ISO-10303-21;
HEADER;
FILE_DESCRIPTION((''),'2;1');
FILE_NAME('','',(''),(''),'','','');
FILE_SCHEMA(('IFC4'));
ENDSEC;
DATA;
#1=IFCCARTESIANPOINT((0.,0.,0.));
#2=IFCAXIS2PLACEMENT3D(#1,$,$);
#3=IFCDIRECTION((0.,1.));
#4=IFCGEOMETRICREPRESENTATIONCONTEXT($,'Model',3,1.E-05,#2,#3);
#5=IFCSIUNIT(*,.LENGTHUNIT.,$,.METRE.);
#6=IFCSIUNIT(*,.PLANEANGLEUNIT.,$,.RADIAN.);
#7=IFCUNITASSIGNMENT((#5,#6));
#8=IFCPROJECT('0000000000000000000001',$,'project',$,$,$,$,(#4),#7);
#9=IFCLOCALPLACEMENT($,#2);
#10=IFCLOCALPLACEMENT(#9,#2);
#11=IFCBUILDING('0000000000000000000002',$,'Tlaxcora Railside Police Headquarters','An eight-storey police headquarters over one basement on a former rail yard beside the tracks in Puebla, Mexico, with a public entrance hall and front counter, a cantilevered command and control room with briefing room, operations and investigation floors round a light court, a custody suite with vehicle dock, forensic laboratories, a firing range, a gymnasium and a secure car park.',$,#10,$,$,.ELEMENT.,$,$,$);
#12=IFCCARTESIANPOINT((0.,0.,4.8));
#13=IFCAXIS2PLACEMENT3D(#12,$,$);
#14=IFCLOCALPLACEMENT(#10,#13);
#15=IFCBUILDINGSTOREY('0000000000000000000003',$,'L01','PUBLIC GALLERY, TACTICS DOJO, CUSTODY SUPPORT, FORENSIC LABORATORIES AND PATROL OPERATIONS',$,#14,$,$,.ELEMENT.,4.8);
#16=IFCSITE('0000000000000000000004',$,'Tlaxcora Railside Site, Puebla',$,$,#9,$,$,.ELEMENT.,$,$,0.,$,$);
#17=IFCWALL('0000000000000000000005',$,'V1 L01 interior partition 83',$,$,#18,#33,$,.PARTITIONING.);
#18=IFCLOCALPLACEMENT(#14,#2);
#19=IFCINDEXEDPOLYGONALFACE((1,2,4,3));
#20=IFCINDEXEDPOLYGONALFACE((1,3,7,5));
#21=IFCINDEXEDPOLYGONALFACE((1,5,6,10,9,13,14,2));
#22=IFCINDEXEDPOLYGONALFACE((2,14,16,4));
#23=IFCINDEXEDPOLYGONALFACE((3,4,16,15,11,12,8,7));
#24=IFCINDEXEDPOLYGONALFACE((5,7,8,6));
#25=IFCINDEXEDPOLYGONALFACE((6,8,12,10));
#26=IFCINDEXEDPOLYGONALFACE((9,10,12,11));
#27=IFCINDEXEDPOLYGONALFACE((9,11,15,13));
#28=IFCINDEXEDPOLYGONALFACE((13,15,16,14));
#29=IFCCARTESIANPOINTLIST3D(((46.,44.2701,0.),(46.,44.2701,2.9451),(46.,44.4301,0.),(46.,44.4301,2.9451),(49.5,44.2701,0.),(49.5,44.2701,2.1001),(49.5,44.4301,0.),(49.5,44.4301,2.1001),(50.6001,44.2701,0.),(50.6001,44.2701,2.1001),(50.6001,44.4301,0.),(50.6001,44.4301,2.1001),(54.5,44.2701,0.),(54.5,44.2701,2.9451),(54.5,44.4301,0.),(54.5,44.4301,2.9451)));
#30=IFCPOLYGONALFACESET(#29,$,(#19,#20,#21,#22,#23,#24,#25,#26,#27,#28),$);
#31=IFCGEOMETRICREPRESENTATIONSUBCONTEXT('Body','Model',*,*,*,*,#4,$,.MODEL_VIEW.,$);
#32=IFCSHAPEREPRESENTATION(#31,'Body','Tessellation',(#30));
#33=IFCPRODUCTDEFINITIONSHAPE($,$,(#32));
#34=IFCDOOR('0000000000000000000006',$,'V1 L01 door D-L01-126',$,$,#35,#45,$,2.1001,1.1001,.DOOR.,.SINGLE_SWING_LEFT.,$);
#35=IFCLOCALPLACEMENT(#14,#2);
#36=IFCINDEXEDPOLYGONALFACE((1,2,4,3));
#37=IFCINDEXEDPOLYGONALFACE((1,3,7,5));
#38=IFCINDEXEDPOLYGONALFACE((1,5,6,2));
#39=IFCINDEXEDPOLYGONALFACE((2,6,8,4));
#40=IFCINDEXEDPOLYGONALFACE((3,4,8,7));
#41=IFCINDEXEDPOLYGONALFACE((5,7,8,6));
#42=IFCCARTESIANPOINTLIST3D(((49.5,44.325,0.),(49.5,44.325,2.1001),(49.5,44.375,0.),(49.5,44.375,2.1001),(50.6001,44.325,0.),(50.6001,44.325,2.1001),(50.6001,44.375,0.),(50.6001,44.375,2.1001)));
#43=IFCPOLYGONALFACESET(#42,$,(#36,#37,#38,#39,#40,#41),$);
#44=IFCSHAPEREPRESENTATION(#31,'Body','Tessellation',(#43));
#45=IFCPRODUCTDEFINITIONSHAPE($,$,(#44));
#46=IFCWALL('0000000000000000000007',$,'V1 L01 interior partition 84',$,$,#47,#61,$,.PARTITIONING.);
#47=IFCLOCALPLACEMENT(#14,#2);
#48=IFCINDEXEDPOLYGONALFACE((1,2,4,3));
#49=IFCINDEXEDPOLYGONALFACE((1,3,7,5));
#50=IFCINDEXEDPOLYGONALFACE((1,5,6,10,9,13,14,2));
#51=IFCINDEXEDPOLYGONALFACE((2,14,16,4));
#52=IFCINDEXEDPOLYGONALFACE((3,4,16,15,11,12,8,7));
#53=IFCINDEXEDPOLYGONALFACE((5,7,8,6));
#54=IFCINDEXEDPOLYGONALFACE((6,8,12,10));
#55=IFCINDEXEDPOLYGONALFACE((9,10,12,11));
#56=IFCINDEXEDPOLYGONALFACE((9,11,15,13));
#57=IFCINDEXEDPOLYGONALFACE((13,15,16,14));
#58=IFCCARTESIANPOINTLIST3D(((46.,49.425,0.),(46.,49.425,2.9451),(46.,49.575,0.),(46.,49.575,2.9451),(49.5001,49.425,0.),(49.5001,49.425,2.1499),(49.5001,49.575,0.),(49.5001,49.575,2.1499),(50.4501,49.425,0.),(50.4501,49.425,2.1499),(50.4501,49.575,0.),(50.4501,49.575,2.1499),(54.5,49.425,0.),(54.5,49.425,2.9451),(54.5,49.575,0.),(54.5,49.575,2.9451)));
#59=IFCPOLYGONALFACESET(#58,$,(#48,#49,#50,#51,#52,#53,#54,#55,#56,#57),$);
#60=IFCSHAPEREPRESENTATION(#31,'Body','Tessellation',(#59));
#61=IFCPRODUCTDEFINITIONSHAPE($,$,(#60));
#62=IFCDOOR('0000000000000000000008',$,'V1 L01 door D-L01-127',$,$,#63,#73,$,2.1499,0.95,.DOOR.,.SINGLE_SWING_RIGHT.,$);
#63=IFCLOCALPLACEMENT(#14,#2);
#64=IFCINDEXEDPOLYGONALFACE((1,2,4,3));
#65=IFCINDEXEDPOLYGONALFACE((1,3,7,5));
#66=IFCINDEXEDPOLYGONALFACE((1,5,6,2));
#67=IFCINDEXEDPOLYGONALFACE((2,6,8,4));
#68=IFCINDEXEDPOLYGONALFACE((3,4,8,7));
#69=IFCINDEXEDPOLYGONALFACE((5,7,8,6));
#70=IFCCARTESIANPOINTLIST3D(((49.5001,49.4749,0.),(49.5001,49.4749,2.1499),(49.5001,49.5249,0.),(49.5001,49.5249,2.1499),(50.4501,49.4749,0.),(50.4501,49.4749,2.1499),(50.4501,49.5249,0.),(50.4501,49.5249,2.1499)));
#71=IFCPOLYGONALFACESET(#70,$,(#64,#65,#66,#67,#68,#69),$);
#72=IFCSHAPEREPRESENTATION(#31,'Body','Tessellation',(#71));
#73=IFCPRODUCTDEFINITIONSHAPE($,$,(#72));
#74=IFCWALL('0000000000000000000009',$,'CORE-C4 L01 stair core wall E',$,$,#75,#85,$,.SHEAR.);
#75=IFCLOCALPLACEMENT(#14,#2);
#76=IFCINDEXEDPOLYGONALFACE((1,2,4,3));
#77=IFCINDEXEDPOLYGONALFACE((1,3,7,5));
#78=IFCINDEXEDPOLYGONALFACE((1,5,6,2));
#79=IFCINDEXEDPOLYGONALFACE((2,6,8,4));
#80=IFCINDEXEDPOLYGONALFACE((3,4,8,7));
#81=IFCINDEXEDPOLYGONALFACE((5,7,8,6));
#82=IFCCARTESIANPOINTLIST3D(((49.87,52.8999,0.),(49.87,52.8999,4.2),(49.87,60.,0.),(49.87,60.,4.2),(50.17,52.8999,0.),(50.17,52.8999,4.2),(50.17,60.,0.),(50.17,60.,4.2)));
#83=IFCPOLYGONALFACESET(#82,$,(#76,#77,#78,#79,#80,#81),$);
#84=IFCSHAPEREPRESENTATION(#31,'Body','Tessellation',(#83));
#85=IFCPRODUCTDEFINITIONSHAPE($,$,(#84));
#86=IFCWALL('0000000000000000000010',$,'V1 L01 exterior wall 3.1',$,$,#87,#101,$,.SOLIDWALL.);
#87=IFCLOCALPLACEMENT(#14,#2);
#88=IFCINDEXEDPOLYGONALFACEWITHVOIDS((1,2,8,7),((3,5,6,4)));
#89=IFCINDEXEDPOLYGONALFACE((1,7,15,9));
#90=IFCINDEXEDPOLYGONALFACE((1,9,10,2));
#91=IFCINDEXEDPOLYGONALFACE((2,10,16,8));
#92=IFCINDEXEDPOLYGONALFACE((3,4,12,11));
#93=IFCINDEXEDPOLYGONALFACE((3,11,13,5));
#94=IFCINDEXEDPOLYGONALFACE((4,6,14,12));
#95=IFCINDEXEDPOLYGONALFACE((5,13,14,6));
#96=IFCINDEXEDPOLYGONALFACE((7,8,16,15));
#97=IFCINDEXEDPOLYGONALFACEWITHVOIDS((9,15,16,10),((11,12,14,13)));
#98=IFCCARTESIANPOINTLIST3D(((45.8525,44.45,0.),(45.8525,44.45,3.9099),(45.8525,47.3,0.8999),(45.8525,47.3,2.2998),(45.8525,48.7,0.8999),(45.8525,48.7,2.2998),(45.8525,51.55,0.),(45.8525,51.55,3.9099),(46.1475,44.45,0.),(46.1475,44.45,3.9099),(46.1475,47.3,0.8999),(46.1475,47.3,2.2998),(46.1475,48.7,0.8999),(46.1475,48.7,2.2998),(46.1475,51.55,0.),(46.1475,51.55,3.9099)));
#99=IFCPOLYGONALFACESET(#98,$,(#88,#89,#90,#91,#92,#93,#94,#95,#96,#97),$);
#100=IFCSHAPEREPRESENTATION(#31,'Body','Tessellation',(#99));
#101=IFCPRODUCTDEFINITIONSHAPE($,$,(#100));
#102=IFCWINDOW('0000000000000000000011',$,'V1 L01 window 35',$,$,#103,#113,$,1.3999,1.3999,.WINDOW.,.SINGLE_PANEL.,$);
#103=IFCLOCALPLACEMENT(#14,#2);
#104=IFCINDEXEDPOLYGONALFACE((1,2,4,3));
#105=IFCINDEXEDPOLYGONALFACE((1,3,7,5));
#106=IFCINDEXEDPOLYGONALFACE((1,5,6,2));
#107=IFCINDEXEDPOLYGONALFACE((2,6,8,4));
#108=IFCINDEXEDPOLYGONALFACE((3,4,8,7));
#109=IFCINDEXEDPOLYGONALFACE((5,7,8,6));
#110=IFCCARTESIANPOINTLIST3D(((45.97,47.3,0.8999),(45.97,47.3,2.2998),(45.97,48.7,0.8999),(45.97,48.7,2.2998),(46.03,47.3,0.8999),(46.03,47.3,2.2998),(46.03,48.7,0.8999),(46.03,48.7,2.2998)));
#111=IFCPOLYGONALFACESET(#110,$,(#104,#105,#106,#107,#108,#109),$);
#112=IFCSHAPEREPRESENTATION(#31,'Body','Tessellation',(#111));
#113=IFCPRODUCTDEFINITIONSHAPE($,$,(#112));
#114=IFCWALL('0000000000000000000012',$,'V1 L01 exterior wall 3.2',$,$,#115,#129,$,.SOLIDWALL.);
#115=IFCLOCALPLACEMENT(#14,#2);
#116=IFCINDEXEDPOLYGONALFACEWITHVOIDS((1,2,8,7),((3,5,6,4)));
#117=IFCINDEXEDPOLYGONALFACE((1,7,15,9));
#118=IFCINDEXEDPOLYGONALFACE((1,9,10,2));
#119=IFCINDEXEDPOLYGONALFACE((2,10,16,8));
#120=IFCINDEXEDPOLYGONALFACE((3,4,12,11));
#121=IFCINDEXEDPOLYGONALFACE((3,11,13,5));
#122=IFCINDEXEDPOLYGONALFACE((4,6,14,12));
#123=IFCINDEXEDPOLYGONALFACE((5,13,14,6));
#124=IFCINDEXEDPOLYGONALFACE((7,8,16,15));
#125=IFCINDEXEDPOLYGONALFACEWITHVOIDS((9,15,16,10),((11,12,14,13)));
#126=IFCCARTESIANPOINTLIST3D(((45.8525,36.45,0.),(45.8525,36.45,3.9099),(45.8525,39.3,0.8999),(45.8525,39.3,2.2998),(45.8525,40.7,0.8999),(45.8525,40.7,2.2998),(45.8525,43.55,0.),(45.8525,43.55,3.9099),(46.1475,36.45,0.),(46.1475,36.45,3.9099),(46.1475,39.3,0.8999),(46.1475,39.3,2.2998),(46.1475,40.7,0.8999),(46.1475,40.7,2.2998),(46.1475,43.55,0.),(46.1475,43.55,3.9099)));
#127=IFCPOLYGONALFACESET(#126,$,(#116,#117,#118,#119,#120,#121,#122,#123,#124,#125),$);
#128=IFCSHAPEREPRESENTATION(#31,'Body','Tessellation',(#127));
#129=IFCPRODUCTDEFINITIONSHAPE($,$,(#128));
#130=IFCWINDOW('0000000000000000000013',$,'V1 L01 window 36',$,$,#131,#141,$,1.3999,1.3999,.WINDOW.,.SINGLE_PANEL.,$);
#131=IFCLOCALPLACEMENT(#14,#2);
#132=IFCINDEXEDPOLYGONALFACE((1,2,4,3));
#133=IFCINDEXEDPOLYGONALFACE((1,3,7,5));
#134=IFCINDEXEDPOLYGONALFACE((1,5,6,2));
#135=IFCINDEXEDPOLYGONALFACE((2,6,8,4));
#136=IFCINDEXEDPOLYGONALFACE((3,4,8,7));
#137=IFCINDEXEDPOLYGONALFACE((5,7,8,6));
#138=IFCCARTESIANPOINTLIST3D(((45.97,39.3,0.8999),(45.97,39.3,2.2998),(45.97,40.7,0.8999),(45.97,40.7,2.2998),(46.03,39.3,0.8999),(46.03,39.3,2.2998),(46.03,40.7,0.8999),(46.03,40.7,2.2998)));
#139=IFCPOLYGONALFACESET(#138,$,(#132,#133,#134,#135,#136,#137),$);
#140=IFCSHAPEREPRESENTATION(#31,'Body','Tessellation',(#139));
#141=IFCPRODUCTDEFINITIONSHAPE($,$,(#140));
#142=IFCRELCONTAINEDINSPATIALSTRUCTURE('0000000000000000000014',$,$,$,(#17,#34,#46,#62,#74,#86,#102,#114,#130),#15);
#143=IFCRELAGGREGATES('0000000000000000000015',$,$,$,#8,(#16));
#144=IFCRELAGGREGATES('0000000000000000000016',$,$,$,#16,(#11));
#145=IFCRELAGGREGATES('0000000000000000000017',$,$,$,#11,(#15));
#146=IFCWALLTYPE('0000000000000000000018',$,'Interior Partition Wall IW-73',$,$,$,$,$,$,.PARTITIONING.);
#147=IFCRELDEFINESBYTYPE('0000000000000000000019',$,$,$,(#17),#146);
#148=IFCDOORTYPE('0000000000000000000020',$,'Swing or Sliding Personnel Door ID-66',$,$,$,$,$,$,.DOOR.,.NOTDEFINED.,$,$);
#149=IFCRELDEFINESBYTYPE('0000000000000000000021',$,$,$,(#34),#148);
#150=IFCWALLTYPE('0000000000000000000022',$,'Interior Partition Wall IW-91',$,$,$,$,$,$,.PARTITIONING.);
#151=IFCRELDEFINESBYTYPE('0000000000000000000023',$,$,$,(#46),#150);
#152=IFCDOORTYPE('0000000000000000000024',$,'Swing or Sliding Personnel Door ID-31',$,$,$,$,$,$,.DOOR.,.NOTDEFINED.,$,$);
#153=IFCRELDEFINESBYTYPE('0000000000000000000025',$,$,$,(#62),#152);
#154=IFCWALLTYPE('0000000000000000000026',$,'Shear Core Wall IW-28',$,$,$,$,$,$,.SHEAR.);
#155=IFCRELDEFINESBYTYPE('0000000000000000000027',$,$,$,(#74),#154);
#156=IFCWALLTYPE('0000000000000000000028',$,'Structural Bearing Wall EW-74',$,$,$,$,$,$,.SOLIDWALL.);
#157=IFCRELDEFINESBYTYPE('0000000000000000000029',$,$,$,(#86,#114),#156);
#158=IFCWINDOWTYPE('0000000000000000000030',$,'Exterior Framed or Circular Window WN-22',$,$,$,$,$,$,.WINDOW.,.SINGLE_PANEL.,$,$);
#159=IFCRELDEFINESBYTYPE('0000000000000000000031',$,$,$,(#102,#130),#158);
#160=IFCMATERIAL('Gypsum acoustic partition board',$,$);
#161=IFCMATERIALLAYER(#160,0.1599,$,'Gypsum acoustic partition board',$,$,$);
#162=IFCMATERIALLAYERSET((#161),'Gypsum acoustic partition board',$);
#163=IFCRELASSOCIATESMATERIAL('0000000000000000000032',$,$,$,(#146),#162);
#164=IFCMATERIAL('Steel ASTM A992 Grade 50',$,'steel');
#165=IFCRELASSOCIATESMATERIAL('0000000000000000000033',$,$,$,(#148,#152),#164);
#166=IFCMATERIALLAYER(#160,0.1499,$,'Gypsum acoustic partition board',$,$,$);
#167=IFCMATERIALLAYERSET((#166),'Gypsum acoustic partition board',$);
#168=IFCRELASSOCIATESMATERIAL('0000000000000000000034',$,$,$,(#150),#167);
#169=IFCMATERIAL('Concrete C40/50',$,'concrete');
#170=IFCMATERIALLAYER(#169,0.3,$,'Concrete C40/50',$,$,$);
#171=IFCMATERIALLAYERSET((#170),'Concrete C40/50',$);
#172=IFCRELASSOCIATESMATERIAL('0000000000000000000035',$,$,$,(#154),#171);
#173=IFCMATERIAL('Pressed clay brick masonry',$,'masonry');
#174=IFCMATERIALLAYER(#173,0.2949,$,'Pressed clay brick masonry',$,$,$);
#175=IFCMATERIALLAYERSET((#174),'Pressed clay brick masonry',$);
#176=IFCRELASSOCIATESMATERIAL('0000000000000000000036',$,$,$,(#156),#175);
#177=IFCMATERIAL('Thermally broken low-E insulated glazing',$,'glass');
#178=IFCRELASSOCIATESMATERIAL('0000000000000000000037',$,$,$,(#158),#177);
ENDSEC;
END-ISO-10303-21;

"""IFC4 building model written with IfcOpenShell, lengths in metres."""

from ifc_helpers import new_model, si_unit, direction, frame, frame_2d, origin, place, context, subcontext, project, spatial, rectangle, extrude, material, layer, layer_set, type_object, element, fill, save


model = new_model("IFC4")

# Units and contexts
model_context = context("Model", 3, precision=1e-05, world=origin(), true_north=direction((0.0, 1.0)))
body_context = subcontext(model_context, "Body", "Model", "MODEL_VIEW")
ifc_project = project(units=[si_unit("LENGTHUNIT", "METRE"), si_unit("PLANEANGLEUNIT", "RADIAN")], contexts=[model_context])

# Site, building, storey
site_placement = place(None, origin())
site = spatial("IfcSite", under=ifc_project, at=site_placement, Name="Tlaxcora Railside Site, Puebla", CompositionType="ELEMENT", RefElevation=0.0)
building_placement = place(site_placement, origin())
building = spatial("IfcBuilding", under=site, at=building_placement, Name="Tlaxcora Railside Police Headquarters", Description="An eight-storey police headquarters over one basement on a former rail yard beside the tracks in Puebla, Mexico, with a public entrance hall and front counter, a cantilevered command and control room with briefing room, operations and investigation floors round a light court, a custody suite with vehicle dock, forensic laboratories, a firing range, a gymnasium and a secure car park.", CompositionType="ELEMENT")
storey_placement = place(building_placement, frame((0.0, 0.0, 4.8)))
storey = spatial("IfcBuildingStorey", under=building, at=storey_placement, Name="L01", Description="PUBLIC GALLERY, TACTICS DOJO, CUSTODY SUPPORT, FORENSIC LABORATORIES AND PATROL OPERATIONS", CompositionType="ELEMENT", Elevation=4.8)

# Shared definitions
ifc_material_1 = material(Name="Concrete C40/50", Category="concrete")

# Shared definitions
ifc_material_2 = material(Name="Steel ASTM A992 Grade 50", Category="steel")

# Walls, openings, doors
ifc_material_3 = material(Name="Gypsum acoustic partition board")
ifc_layer_1 = layer(ifc_material_3, 0.1599, Name="Gypsum acoustic partition board")
ifc_layer_set_1 = layer_set([ifc_layer_1], Name="Gypsum acoustic partition board")
wall_type_1 = type_object("IfcWallType", Name="Interior Partition Wall IW-73", PredefinedType="PARTITIONING", material=ifc_layer_set_1)
wall_1_placement = place(storey_placement, frame((46.0, 44.3501, 0.0), z_axis=(0.0, 0.0, 1.0), x_axis=(1.0, 0.0, 0.0)))
wall_1 = element("IfcWall", 1, at=wall_1_placement, inside=storey, type_object=wall_type_1, Name="V1 L01 interior partition 83", PredefinedType="PARTITIONING", context=body_context, shape_type="SweptSolid", body=[
    extrude(rectangle(XDim=8.5, YDim=0.1599, at=frame_2d((4.25, 0.0))), origin(), (0.0, 0.0, 1.0), 2.9451),
])
opening_1_placement = place(wall_1_placement, frame((3.5, 0.0, 0.0)))
opening_1 = element("IfcOpeningElement", 2, at=opening_1_placement, cuts=wall_1, PredefinedType="OPENING", context=body_context, shape_type="SweptSolid", body=[
    extrude(rectangle(XDim=1.1001, YDim=2.1001, at=frame_2d((0.55, 1.05))), frame((0.0, 0.0898, 0.0), z_axis=(0.0, -1.0, 0.0), x_axis=(1.0, 0.0, 0.0)), (0.0, 0.0, 1.0), 0.1799),
])
door_type_1 = type_object("IfcDoorType", Name="Swing or Sliding Personnel Door ID-66", OperationType="NOTDEFINED", PredefinedType="DOOR", material=ifc_material_2)
door_1_placement = place(opening_1_placement, origin())
door_1 = element("IfcDoor", 3, at=door_1_placement, inside=storey, type_object=door_type_1, Name="V1 L01 door D-L01-126", OperationType="SINGLE_SWING_LEFT", OverallHeight=2.1001, OverallWidth=1.1001, PredefinedType="DOOR", context=body_context, shape_type="SweptSolid", body=[
    extrude(rectangle(XDim=1.1001, YDim=2.1001, at=frame_2d((0.55, 1.05))), frame((0.0, 0.0249, 0.0), z_axis=(0.0, -1.0, 0.0), x_axis=(1.0, 0.0, 0.0)), (0.0, 0.0, 1.0), 0.05),
])
fill(opening_1, door_1)
ifc_layer_2 = layer(ifc_material_3, 0.1499, Name="Gypsum acoustic partition board")
ifc_layer_set_2 = layer_set([ifc_layer_2], Name="Gypsum acoustic partition board")
wall_type_2 = type_object("IfcWallType", Name="Interior Partition Wall IW-91", PredefinedType="PARTITIONING", material=ifc_layer_set_2)
wall_2_placement = place(storey_placement, frame((46.0, 49.5, 0.0), z_axis=(0.0, 0.0, 1.0), x_axis=(1.0, 0.0, 0.0)))
wall_2 = element("IfcWall", 4, at=wall_2_placement, inside=storey, type_object=wall_type_2, Name="V1 L01 interior partition 84", PredefinedType="PARTITIONING", context=body_context, shape_type="SweptSolid", body=[
    extrude(rectangle(XDim=8.5, YDim=0.1499, at=frame_2d((4.25, 0.0))), origin(), (0.0, 0.0, 1.0), 2.9451),
])
opening_2_placement = place(wall_2_placement, frame((3.5, 0.0, 0.0)))
opening_2 = element("IfcOpeningElement", 5, at=opening_2_placement, cuts=wall_2, PredefinedType="OPENING", context=body_context, shape_type="SweptSolid", body=[
    extrude(rectangle(XDim=0.95, YDim=2.1499, at=frame_2d((0.4751, 1.075))), frame((0.0, 0.085, 0.0), z_axis=(0.0, -1.0, 0.0), x_axis=(1.0, 0.0, 0.0)), (0.0, 0.0, 1.0), 0.1699),
])
door_type_2 = type_object("IfcDoorType", Name="Swing or Sliding Personnel Door ID-31", OperationType="NOTDEFINED", PredefinedType="DOOR", material=ifc_material_2)
door_2_placement = place(opening_2_placement, origin())
door_2 = element("IfcDoor", 6, at=door_2_placement, inside=storey, type_object=door_type_2, Name="V1 L01 door D-L01-127", OperationType="SINGLE_SWING_RIGHT", OverallHeight=2.1499, OverallWidth=0.95, PredefinedType="DOOR", context=body_context, shape_type="SweptSolid", body=[
    extrude(rectangle(XDim=0.95, YDim=2.1499, at=frame_2d((0.4751, 1.075))), frame((0.0, 0.0249, 0.0), z_axis=(0.0, -1.0, 0.0), x_axis=(1.0, 0.0, 0.0)), (0.0, 0.0, 1.0), 0.05),
])
fill(opening_2, door_2)
ifc_layer_3 = layer(ifc_material_1, 0.3, Name="Concrete C40/50")
ifc_layer_set_3 = layer_set([ifc_layer_3], Name="Concrete C40/50")
wall_type_3 = type_object("IfcWallType", Name="Shear Core Wall IW-28", PredefinedType="SHEAR", material=ifc_layer_set_3)

# Wall
wall_3_placement = place(storey_placement, frame((50.02, 52.8999, 0.0), z_axis=(0.0, 0.0, 1.0), x_axis=(0.0, 1.0, 0.0)))
element("IfcWall", 7, at=wall_3_placement, inside=storey, type_object=wall_type_3, Name="CORE-C4 L01 stair core wall E", PredefinedType="SHEAR", context=body_context, shape_type="SweptSolid", body=[
    extrude(rectangle(XDim=7.1001, YDim=0.3, at=frame_2d((3.55, 0.0))), origin(), (0.0, 0.0, 1.0), 4.2),
])

# Walls, openings, windows
ifc_material_4 = material(Name="Pressed clay brick masonry", Category="masonry")
ifc_layer_4 = layer(ifc_material_4, 0.2949, Name="Pressed clay brick masonry")
ifc_layer_set_4 = layer_set([ifc_layer_4], Name="Pressed clay brick masonry")
wall_type_4 = type_object("IfcWallType", Name="Structural Bearing Wall EW-74", PredefinedType="SOLIDWALL", material=ifc_layer_set_4)
wall_4_placement = place(storey_placement, frame((46.0, 51.55, 0.0), z_axis=(0.0, 0.0, 1.0), x_axis=(0.0, -1.0, 0.0)))
wall_4 = element("IfcWall", 8, at=wall_4_placement, inside=storey, type_object=wall_type_4, Name="V1 L01 exterior wall 3.1", PredefinedType="SOLIDWALL", context=body_context, shape_type="SweptSolid", body=[
    extrude(rectangle(XDim=7.1001, YDim=0.2949, at=frame_2d((3.55, 0.0))), origin(), (0.0, 0.0, 1.0), 3.9099),
])
opening_3_placement = place(wall_4_placement, frame((2.8501, 0.0, 0.8999)))
opening_3 = element("IfcOpeningElement", 9, at=opening_3_placement, cuts=wall_4, PredefinedType="OPENING", context=body_context, shape_type="SweptSolid", body=[
    extrude(rectangle(XDim=1.3999, YDim=1.3999, at=frame_2d((0.7, 0.7))), frame((0.0, 0.1575, 0.0), z_axis=(0.0, -1.0, 0.0), x_axis=(1.0, 0.0, 0.0)), (0.0, 0.0, 1.0), 0.3149),
])
ifc_material_5 = material(Name="Thermally broken low-E insulated glazing", Category="glass")
window_type = type_object("IfcWindowType", Name="Exterior Framed or Circular Window WN-22", PartitioningType="SINGLE_PANEL", PredefinedType="WINDOW", material=ifc_material_5)
window_1_placement = place(opening_3_placement, origin())
window_1 = element("IfcWindow", 10, at=window_1_placement, inside=storey, type_object=window_type, Name="V1 L01 window 35", OverallHeight=1.3999, OverallWidth=1.3999, PartitioningType="SINGLE_PANEL", PredefinedType="WINDOW", context=body_context, shape_type="SweptSolid", body=[
    extrude(rectangle(XDim=1.3999, YDim=1.3999, at=frame_2d((0.7, 0.7))), frame((0.0, 0.03, 0.0), z_axis=(0.0, -1.0, 0.0), x_axis=(1.0, 0.0, 0.0)), (0.0, 0.0, 1.0), 0.0601),
])
fill(opening_3, window_1)
wall_5_placement = place(storey_placement, frame((46.0, 43.55, 0.0), z_axis=(0.0, 0.0, 1.0), x_axis=(0.0, -1.0, 0.0)))
wall_5 = element("IfcWall", 11, at=wall_5_placement, inside=storey, type_object=wall_type_4, Name="V1 L01 exterior wall 3.2", PredefinedType="SOLIDWALL", context=body_context, shape_type="SweptSolid", body=[
    extrude(rectangle(XDim=7.1001, YDim=0.2949, at=frame_2d((3.55, 0.0))), origin(), (0.0, 0.0, 1.0), 3.9099),
])
opening_4_placement = place(wall_5_placement, frame((2.8501, 0.0, 0.8999)))
opening_4 = element("IfcOpeningElement", 12, at=opening_4_placement, cuts=wall_5, PredefinedType="OPENING", context=body_context, shape_type="SweptSolid", body=[
    extrude(rectangle(XDim=1.3999, YDim=1.3999, at=frame_2d((0.7, 0.7))), frame((0.0, 0.1575, 0.0), z_axis=(0.0, -1.0, 0.0), x_axis=(1.0, 0.0, 0.0)), (0.0, 0.0, 1.0), 0.3149),
])
window_2_placement = place(opening_4_placement, origin())
window_2 = element("IfcWindow", 13, at=window_2_placement, inside=storey, type_object=window_type, Name="V1 L01 window 36", OverallHeight=1.3999, OverallWidth=1.3999, PartitioningType="SINGLE_PANEL", PredefinedType="WINDOW", context=body_context, shape_type="SweptSolid", body=[
    extrude(rectangle(XDim=1.3999, YDim=1.3999, at=frame_2d((0.7, 0.7))), frame((0.0, 0.03, 0.0), z_axis=(0.0, -1.0, 0.0), x_axis=(1.0, 0.0, 0.0)), (0.0, 0.0, 1.0), 0.0601),
])
fill(opening_4, window_2)

save(model, "model.ifc")
